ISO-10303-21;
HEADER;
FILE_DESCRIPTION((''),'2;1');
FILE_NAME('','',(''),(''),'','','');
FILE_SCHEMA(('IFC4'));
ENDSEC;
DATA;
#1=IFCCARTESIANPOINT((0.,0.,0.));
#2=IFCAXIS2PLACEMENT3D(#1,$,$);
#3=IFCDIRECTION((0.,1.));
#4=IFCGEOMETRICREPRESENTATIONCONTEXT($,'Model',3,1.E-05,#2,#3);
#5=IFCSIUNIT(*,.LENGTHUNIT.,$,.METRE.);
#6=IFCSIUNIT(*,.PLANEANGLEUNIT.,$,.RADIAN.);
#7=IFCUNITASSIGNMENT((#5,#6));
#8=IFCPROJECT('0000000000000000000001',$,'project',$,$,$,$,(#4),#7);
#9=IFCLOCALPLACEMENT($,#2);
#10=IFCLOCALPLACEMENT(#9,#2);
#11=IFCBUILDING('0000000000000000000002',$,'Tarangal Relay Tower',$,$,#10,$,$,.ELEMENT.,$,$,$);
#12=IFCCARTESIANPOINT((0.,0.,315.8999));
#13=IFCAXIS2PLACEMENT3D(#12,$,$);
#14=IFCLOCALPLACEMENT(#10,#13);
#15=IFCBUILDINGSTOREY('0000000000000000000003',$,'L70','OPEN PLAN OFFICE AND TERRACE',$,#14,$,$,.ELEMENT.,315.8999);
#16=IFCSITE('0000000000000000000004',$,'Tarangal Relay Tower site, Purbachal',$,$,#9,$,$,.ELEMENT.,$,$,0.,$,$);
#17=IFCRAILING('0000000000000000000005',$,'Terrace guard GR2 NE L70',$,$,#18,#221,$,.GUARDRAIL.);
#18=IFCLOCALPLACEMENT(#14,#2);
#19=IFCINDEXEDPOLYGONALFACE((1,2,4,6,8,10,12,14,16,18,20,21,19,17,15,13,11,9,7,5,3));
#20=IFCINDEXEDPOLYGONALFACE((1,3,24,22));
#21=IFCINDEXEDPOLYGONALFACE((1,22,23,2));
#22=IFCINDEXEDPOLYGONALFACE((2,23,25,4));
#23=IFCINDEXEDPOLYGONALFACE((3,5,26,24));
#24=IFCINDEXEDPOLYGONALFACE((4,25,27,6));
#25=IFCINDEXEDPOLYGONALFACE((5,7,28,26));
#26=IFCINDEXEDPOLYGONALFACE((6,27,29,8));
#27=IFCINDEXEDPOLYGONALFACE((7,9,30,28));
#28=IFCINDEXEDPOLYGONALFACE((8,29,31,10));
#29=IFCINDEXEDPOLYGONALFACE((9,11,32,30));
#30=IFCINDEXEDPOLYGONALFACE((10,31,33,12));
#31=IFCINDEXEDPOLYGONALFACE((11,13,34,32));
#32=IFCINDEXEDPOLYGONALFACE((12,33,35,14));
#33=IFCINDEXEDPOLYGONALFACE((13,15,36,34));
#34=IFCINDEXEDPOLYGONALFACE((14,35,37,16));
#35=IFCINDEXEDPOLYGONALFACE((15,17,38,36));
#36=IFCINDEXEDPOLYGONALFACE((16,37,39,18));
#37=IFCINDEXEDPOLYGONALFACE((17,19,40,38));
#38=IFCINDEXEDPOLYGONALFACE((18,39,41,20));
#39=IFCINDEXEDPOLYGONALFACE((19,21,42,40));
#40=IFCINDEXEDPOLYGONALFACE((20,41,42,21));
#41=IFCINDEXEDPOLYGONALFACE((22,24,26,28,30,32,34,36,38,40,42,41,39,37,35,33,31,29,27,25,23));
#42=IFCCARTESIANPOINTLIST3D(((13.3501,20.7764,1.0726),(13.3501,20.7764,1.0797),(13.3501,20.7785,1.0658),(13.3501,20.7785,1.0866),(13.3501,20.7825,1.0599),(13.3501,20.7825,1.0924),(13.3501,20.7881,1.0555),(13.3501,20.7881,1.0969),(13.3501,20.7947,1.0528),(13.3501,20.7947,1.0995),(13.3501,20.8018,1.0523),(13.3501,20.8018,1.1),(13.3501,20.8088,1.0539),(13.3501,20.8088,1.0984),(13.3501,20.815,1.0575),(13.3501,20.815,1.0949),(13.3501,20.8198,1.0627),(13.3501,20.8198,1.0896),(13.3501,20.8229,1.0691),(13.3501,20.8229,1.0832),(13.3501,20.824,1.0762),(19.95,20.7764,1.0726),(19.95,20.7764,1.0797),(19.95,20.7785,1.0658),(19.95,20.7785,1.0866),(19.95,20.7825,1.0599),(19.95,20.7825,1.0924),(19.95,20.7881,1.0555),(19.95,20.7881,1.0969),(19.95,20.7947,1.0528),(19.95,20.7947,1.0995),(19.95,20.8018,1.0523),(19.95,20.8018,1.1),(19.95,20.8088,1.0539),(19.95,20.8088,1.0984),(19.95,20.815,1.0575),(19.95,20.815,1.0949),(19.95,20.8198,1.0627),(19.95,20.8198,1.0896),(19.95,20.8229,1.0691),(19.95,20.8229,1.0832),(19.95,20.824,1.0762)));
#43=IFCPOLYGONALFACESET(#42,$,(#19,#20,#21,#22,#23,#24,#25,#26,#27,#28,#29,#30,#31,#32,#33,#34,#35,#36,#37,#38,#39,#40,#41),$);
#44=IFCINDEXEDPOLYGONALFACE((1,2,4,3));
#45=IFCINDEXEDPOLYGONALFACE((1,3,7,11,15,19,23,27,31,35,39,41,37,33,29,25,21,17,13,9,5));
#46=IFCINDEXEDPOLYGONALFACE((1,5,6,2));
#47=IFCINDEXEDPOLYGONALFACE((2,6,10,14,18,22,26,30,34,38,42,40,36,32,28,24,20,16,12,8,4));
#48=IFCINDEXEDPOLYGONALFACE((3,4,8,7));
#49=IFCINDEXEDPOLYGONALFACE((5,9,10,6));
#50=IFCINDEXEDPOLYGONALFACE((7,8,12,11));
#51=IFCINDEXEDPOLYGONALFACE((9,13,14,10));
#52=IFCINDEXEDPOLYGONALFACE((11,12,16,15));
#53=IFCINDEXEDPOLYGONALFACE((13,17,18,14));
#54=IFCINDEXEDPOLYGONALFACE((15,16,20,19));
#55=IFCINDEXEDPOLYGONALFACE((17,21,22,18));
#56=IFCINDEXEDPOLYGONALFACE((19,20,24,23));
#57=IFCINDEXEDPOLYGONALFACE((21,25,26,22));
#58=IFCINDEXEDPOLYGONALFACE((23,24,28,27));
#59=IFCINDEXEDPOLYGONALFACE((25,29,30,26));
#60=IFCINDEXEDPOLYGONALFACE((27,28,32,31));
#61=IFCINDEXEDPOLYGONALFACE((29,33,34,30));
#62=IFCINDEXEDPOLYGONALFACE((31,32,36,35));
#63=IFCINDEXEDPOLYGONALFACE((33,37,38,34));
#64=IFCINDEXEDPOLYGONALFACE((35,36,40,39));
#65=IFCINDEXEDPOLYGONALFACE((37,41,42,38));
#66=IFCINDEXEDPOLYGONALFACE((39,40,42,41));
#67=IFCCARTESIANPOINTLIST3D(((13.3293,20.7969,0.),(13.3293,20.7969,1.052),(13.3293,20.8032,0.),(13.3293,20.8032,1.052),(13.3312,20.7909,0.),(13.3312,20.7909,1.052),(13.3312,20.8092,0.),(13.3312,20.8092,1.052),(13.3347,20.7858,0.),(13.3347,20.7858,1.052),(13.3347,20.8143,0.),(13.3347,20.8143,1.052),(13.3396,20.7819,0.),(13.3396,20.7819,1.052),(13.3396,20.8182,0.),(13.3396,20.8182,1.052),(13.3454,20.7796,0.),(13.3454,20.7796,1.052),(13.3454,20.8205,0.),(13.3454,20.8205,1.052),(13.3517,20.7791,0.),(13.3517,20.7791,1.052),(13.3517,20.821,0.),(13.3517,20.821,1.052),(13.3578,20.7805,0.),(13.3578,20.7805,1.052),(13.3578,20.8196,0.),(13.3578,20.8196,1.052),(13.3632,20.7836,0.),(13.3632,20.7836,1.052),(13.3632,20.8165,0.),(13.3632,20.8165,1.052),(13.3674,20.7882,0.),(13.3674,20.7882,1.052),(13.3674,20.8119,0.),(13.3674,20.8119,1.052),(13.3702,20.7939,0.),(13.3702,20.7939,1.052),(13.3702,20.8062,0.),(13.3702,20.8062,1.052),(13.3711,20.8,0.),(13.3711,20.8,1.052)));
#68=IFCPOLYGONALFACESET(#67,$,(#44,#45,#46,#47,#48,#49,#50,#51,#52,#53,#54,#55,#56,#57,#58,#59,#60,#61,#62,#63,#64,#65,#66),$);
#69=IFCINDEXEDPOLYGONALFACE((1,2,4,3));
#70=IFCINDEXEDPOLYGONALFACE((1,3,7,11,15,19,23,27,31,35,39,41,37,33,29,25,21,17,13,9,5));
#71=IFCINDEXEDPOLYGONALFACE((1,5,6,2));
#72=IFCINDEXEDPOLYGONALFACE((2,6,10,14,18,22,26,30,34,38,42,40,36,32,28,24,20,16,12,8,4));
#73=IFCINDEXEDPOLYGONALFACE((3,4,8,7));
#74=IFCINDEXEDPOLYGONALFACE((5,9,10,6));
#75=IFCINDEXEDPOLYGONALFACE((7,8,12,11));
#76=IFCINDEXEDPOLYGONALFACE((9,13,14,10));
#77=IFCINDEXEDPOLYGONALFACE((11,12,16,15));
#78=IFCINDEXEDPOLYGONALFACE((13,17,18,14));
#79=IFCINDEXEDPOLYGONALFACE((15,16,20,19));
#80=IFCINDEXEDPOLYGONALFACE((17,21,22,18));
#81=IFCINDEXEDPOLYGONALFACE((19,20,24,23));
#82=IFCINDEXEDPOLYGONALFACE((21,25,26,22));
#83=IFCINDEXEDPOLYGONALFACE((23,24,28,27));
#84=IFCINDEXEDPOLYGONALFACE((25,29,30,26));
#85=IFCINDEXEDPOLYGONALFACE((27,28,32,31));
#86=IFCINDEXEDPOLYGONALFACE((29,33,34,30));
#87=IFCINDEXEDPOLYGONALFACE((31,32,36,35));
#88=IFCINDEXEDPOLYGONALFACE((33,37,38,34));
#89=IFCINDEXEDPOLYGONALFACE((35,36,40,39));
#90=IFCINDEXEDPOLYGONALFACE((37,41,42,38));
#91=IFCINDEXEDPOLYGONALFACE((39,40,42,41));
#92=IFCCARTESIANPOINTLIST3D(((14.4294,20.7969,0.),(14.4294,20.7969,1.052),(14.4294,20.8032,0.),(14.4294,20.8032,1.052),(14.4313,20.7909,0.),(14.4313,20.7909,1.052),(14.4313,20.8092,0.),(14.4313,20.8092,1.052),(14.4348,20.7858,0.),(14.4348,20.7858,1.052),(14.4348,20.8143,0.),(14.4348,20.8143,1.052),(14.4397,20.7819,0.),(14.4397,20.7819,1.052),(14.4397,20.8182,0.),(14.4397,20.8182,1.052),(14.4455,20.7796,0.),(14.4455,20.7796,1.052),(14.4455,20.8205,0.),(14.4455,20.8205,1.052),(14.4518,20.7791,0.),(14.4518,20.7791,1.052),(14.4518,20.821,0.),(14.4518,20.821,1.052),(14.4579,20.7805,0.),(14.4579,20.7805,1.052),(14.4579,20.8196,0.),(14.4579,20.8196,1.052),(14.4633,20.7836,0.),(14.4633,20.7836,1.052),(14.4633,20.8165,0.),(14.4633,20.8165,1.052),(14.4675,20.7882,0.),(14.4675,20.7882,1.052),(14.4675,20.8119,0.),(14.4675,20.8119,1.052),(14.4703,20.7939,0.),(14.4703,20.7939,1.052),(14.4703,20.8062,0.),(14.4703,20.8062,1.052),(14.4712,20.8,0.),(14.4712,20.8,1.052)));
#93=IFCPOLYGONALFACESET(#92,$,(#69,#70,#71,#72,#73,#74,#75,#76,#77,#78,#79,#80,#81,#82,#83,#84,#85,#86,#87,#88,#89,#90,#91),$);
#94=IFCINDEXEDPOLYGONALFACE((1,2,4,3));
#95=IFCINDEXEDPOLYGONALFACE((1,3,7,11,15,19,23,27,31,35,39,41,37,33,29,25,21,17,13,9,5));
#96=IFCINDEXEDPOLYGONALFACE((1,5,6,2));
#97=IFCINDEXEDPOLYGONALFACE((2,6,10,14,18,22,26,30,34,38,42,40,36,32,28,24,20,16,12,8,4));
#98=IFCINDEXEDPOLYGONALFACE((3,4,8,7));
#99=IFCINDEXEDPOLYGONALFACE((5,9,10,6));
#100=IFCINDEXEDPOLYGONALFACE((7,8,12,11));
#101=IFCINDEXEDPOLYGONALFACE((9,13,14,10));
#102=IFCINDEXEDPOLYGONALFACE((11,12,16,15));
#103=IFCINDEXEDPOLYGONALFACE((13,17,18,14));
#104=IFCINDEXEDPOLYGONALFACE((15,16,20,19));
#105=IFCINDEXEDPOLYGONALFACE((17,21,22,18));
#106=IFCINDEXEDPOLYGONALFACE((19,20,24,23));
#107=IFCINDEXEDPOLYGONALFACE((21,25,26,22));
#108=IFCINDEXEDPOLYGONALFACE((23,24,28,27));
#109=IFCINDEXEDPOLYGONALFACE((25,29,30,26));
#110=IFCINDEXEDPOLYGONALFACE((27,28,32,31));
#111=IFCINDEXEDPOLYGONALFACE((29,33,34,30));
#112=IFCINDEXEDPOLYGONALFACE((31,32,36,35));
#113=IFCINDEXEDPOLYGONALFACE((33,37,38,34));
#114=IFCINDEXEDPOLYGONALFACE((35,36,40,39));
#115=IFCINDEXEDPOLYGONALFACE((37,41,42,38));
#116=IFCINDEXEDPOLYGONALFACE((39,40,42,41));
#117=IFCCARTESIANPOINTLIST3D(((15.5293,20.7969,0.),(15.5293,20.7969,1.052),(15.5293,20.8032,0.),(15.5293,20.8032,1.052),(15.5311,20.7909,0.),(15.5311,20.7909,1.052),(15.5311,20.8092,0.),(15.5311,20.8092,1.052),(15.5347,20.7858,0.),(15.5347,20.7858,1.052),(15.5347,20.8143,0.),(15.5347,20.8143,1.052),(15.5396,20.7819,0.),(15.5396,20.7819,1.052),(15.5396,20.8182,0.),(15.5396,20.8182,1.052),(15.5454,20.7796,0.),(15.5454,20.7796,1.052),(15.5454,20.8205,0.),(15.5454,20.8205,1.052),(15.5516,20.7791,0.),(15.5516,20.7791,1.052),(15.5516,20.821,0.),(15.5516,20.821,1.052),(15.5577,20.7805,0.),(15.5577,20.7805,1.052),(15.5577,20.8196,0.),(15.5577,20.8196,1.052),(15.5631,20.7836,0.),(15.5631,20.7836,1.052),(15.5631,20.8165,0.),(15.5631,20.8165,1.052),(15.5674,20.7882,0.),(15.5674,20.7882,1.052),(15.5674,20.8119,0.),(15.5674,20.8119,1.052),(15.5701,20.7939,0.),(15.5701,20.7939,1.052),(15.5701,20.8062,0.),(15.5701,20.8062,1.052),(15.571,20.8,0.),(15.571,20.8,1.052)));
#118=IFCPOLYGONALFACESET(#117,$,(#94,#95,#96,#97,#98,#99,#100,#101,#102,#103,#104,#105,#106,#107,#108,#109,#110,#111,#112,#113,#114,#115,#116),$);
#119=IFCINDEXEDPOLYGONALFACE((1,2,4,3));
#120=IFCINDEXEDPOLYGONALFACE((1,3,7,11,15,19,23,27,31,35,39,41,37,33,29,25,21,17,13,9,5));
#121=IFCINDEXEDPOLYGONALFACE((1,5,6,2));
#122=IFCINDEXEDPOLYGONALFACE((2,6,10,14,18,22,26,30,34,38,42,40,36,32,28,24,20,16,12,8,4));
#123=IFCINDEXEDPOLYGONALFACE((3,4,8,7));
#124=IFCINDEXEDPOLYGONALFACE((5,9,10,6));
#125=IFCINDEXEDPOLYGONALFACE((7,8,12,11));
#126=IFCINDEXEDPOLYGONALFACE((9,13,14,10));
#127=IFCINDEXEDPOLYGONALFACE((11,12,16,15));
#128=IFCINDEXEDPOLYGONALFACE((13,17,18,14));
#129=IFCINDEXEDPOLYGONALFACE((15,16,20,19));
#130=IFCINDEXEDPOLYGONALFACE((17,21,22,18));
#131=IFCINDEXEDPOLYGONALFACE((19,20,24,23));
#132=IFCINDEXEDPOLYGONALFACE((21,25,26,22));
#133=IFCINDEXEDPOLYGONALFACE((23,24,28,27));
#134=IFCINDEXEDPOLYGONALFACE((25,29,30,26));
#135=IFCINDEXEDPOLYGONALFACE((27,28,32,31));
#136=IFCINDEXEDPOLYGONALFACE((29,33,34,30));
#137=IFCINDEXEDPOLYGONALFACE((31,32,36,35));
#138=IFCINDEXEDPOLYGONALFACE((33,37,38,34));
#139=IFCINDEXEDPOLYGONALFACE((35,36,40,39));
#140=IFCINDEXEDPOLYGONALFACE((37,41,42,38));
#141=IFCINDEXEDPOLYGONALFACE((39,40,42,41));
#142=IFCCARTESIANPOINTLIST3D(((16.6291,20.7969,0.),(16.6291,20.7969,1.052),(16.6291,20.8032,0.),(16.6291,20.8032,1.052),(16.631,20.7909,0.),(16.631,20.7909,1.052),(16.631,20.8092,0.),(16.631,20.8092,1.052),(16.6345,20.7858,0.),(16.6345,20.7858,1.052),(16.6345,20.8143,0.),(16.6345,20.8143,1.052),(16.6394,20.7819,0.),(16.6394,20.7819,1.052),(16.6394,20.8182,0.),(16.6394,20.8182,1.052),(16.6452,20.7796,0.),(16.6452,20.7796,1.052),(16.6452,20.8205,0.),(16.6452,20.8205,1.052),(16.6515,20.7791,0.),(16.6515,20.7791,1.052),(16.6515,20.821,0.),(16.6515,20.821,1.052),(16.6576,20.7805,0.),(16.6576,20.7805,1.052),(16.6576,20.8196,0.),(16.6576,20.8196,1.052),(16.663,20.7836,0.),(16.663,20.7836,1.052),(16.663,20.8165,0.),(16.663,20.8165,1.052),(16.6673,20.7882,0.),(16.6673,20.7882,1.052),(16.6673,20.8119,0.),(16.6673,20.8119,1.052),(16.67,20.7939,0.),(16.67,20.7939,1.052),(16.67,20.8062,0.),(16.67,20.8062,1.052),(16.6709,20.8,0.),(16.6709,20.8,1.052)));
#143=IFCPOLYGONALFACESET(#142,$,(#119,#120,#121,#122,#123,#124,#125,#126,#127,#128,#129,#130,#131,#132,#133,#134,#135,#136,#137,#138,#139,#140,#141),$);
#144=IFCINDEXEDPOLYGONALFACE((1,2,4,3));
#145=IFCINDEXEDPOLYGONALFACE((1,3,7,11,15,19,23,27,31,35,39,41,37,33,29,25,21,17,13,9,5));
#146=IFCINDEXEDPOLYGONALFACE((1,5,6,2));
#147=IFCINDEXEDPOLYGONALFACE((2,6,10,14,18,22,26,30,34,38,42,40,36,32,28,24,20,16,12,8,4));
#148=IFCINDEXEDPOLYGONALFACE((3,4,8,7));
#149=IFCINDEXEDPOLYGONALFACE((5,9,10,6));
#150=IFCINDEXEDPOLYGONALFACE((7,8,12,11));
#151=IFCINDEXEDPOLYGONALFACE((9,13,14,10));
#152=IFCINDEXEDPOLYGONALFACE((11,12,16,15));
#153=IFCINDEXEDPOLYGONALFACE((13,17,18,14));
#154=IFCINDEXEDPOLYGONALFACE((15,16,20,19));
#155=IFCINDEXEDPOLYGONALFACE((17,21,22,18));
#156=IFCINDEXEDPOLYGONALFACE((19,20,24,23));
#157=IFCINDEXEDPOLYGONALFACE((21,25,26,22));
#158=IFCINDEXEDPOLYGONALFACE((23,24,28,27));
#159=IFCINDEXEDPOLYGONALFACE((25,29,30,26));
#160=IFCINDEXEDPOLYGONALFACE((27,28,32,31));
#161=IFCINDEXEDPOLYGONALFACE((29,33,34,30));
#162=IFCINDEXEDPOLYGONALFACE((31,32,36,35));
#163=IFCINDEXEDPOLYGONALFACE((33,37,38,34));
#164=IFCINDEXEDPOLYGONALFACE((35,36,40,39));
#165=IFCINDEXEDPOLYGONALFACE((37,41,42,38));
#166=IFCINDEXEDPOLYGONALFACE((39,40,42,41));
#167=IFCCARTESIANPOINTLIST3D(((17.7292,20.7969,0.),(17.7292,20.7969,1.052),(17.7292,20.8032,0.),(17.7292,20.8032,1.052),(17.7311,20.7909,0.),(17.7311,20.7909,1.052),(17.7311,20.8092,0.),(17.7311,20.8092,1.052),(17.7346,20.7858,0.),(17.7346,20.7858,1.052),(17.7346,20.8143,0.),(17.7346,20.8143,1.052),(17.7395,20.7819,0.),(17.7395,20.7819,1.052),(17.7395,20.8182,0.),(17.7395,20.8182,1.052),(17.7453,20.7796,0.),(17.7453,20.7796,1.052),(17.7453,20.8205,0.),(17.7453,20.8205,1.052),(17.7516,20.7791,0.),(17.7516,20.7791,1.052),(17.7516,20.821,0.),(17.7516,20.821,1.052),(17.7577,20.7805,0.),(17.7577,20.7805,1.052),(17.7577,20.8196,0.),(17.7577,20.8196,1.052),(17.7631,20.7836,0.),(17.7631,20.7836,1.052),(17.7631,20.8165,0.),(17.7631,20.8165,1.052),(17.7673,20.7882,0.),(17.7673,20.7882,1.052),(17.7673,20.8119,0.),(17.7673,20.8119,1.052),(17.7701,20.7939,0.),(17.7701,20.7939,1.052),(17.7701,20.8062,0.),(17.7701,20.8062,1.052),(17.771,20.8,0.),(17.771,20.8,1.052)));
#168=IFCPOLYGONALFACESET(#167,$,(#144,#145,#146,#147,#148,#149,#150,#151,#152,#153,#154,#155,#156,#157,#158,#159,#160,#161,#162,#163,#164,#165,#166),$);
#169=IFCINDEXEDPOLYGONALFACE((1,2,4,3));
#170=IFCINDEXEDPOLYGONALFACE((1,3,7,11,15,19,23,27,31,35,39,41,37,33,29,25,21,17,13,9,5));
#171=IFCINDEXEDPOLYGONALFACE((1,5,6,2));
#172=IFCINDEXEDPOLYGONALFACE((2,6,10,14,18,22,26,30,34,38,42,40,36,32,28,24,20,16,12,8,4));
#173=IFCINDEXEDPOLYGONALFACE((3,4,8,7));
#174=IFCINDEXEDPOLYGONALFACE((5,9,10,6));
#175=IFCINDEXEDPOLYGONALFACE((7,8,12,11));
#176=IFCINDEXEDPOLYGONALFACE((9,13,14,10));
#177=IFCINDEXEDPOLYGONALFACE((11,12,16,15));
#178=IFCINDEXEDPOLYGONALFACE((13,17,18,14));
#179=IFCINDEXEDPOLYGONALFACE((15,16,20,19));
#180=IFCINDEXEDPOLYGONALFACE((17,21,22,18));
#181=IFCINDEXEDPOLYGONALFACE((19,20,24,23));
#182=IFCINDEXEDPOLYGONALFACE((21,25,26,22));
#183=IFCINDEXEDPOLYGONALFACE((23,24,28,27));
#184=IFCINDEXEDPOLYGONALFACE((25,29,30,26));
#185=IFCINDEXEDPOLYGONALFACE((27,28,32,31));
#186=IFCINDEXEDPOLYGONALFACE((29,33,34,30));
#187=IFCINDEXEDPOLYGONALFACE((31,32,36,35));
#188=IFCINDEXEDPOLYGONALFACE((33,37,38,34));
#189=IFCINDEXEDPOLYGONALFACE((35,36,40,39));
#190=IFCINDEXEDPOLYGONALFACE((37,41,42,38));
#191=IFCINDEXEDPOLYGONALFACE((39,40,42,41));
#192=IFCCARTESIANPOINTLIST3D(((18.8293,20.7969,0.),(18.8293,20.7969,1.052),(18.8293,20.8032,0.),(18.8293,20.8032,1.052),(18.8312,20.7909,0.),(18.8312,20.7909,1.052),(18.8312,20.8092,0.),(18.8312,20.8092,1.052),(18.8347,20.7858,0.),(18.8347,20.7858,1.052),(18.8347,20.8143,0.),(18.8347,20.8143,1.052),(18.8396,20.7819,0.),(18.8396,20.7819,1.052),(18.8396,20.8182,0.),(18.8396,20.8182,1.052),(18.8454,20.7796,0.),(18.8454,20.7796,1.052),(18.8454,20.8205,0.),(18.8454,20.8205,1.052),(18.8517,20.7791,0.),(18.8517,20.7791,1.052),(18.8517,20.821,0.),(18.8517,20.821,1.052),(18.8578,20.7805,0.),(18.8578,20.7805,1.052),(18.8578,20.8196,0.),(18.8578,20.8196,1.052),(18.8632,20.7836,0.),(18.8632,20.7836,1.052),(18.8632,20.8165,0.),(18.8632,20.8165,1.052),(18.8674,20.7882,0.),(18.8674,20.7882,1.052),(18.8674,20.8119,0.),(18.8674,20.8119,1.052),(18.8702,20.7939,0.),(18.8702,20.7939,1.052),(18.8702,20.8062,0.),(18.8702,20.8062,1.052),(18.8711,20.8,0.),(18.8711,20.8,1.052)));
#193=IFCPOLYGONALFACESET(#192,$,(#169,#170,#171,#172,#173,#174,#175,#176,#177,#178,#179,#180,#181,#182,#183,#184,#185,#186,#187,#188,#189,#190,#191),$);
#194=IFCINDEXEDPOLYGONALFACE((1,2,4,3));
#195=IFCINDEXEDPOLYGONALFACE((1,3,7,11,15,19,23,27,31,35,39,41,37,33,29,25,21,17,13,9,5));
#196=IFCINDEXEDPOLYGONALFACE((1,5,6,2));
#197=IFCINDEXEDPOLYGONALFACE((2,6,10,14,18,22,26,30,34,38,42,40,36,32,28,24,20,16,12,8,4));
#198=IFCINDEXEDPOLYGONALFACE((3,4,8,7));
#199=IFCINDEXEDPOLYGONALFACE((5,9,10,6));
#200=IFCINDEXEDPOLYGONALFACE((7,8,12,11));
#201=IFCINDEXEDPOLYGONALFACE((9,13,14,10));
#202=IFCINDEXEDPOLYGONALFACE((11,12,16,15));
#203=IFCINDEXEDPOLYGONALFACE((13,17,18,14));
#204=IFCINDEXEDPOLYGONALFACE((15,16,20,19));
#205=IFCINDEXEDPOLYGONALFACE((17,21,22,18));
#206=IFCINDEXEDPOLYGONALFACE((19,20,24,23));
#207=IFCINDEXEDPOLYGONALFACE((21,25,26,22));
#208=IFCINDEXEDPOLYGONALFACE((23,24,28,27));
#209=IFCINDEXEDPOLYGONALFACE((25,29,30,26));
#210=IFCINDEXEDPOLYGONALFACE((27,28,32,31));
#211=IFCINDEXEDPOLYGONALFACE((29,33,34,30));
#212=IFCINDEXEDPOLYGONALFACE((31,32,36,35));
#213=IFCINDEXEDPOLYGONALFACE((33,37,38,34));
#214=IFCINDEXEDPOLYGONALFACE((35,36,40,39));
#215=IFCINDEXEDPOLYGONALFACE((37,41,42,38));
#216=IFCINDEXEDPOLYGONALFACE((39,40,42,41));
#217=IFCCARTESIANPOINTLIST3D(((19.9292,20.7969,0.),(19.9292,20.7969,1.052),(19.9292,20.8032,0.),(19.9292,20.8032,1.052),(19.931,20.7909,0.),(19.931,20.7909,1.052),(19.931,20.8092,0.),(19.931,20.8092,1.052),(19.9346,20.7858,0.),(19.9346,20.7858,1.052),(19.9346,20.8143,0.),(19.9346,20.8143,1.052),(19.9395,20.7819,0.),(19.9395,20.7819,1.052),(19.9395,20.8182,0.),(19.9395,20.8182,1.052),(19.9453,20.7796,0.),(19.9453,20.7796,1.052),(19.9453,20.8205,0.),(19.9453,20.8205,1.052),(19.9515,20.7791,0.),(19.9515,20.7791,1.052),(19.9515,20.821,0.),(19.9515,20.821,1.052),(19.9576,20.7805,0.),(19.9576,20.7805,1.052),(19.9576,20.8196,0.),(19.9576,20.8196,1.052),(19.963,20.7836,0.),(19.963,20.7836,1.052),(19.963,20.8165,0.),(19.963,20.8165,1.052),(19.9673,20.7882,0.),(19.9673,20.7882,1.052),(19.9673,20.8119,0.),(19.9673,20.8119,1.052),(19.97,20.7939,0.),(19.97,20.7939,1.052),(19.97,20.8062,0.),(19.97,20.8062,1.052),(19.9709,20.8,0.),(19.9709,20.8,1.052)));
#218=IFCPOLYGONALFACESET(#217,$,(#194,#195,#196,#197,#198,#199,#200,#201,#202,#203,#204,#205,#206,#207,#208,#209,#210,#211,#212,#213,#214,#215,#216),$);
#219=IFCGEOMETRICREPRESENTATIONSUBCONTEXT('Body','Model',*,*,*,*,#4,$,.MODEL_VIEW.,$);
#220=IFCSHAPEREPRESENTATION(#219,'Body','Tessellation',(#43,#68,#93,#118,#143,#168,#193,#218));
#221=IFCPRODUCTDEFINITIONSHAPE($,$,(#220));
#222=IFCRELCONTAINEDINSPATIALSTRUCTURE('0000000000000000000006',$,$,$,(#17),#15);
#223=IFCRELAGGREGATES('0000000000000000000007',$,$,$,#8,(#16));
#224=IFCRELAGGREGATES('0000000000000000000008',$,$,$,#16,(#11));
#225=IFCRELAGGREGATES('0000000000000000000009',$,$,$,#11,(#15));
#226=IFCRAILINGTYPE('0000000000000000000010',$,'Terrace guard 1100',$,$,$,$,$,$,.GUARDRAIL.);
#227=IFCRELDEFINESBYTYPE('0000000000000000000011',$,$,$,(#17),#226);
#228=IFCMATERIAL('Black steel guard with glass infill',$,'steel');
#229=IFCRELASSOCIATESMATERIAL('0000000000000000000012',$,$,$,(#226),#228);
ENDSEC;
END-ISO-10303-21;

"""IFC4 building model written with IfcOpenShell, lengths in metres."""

from ifc_helpers import new_model, si_unit, direction, frame, origin, origin_2d, place, context, subcontext, project, spatial, circle, extrude, material, type_object, element, save


model = new_model("IFC4")

# Units and contexts
model_context = context("Model", 3, precision=1e-05, world=origin(), true_north=direction((0.0, 1.0)))
body_context = subcontext(model_context, "Body", "Model", "MODEL_VIEW")
ifc_project = project(units=[si_unit("LENGTHUNIT", "METRE"), si_unit("PLANEANGLEUNIT", "RADIAN")], contexts=[model_context])

# Site, building, storey
site_placement = place(None, origin())
site = spatial("IfcSite", under=ifc_project, at=site_placement, Name="Tarangal Relay Tower site, Purbachal", CompositionType="ELEMENT", RefElevation=0.0)
building_placement = place(site_placement, origin())
building = spatial("IfcBuilding", under=site, at=building_placement, Name="Tarangal Relay Tower", CompositionType="ELEMENT")
storey_placement = place(building_placement, frame((0.0, 0.0, 315.8999)))
storey = spatial("IfcBuildingStorey", under=building, at=storey_placement, Name="L70", Description="OPEN PLAN OFFICE AND TERRACE", CompositionType="ELEMENT", Elevation=315.8999)

# Railing
ifc_material_1 = material(Name="Black steel guard with glass infill", Category="steel")
railing_type = type_object("IfcRailingType", Name="Terrace guard 1100", PredefinedType="GUARDRAIL", material=ifc_material_1)
railing_1_placement = place(storey_placement, frame((13.3501, 20.8, 0.0)))
element("IfcRailing", 1, at=railing_1_placement, inside=storey, type_object=railing_type, Name="Terrace guard GR2 NE L70", PredefinedType="GUARDRAIL", context=body_context, shape_type="SweptSolid", body=[
    extrude(circle(Radius=0.0239, at=origin_2d()), frame((0.0, 0.0, 1.0762), z_axis=(1.0, 0.0, 0.0), x_axis=(0.0, 1.0, 0.0)), (0.0, 0.0, 1.0), 6.5999),
    extrude(circle(Radius=0.021, at=origin_2d()), origin(), (0.0, 0.0, 1.0), 1.052),
    extrude(circle(Radius=0.021, at=origin_2d()), frame((1.1001, 0.0, 0.0)), (0.0, 0.0, 1.0), 1.052),
    extrude(circle(Radius=0.021, at=origin_2d()), frame((2.2, 0.0, 0.0)), (0.0, 0.0, 1.0), 1.052),
    extrude(circle(Radius=0.021, at=origin_2d()), frame((3.2998, 0.0, 0.0)), (0.0, 0.0, 1.0), 1.052),
    extrude(circle(Radius=0.021, at=origin_2d()), frame((4.3999, 0.0, 0.0)), (0.0, 0.0, 1.0), 1.052),
    extrude(circle(Radius=0.021, at=origin_2d()), frame((5.5, 0.0, 0.0)), (0.0, 0.0, 1.0), 1.052),
    extrude(circle(Radius=0.021, at=origin_2d()), frame((6.5999, 0.0, 0.0)), (0.0, 0.0, 1.0), 1.052),
])

save(model, "model.ifc")
